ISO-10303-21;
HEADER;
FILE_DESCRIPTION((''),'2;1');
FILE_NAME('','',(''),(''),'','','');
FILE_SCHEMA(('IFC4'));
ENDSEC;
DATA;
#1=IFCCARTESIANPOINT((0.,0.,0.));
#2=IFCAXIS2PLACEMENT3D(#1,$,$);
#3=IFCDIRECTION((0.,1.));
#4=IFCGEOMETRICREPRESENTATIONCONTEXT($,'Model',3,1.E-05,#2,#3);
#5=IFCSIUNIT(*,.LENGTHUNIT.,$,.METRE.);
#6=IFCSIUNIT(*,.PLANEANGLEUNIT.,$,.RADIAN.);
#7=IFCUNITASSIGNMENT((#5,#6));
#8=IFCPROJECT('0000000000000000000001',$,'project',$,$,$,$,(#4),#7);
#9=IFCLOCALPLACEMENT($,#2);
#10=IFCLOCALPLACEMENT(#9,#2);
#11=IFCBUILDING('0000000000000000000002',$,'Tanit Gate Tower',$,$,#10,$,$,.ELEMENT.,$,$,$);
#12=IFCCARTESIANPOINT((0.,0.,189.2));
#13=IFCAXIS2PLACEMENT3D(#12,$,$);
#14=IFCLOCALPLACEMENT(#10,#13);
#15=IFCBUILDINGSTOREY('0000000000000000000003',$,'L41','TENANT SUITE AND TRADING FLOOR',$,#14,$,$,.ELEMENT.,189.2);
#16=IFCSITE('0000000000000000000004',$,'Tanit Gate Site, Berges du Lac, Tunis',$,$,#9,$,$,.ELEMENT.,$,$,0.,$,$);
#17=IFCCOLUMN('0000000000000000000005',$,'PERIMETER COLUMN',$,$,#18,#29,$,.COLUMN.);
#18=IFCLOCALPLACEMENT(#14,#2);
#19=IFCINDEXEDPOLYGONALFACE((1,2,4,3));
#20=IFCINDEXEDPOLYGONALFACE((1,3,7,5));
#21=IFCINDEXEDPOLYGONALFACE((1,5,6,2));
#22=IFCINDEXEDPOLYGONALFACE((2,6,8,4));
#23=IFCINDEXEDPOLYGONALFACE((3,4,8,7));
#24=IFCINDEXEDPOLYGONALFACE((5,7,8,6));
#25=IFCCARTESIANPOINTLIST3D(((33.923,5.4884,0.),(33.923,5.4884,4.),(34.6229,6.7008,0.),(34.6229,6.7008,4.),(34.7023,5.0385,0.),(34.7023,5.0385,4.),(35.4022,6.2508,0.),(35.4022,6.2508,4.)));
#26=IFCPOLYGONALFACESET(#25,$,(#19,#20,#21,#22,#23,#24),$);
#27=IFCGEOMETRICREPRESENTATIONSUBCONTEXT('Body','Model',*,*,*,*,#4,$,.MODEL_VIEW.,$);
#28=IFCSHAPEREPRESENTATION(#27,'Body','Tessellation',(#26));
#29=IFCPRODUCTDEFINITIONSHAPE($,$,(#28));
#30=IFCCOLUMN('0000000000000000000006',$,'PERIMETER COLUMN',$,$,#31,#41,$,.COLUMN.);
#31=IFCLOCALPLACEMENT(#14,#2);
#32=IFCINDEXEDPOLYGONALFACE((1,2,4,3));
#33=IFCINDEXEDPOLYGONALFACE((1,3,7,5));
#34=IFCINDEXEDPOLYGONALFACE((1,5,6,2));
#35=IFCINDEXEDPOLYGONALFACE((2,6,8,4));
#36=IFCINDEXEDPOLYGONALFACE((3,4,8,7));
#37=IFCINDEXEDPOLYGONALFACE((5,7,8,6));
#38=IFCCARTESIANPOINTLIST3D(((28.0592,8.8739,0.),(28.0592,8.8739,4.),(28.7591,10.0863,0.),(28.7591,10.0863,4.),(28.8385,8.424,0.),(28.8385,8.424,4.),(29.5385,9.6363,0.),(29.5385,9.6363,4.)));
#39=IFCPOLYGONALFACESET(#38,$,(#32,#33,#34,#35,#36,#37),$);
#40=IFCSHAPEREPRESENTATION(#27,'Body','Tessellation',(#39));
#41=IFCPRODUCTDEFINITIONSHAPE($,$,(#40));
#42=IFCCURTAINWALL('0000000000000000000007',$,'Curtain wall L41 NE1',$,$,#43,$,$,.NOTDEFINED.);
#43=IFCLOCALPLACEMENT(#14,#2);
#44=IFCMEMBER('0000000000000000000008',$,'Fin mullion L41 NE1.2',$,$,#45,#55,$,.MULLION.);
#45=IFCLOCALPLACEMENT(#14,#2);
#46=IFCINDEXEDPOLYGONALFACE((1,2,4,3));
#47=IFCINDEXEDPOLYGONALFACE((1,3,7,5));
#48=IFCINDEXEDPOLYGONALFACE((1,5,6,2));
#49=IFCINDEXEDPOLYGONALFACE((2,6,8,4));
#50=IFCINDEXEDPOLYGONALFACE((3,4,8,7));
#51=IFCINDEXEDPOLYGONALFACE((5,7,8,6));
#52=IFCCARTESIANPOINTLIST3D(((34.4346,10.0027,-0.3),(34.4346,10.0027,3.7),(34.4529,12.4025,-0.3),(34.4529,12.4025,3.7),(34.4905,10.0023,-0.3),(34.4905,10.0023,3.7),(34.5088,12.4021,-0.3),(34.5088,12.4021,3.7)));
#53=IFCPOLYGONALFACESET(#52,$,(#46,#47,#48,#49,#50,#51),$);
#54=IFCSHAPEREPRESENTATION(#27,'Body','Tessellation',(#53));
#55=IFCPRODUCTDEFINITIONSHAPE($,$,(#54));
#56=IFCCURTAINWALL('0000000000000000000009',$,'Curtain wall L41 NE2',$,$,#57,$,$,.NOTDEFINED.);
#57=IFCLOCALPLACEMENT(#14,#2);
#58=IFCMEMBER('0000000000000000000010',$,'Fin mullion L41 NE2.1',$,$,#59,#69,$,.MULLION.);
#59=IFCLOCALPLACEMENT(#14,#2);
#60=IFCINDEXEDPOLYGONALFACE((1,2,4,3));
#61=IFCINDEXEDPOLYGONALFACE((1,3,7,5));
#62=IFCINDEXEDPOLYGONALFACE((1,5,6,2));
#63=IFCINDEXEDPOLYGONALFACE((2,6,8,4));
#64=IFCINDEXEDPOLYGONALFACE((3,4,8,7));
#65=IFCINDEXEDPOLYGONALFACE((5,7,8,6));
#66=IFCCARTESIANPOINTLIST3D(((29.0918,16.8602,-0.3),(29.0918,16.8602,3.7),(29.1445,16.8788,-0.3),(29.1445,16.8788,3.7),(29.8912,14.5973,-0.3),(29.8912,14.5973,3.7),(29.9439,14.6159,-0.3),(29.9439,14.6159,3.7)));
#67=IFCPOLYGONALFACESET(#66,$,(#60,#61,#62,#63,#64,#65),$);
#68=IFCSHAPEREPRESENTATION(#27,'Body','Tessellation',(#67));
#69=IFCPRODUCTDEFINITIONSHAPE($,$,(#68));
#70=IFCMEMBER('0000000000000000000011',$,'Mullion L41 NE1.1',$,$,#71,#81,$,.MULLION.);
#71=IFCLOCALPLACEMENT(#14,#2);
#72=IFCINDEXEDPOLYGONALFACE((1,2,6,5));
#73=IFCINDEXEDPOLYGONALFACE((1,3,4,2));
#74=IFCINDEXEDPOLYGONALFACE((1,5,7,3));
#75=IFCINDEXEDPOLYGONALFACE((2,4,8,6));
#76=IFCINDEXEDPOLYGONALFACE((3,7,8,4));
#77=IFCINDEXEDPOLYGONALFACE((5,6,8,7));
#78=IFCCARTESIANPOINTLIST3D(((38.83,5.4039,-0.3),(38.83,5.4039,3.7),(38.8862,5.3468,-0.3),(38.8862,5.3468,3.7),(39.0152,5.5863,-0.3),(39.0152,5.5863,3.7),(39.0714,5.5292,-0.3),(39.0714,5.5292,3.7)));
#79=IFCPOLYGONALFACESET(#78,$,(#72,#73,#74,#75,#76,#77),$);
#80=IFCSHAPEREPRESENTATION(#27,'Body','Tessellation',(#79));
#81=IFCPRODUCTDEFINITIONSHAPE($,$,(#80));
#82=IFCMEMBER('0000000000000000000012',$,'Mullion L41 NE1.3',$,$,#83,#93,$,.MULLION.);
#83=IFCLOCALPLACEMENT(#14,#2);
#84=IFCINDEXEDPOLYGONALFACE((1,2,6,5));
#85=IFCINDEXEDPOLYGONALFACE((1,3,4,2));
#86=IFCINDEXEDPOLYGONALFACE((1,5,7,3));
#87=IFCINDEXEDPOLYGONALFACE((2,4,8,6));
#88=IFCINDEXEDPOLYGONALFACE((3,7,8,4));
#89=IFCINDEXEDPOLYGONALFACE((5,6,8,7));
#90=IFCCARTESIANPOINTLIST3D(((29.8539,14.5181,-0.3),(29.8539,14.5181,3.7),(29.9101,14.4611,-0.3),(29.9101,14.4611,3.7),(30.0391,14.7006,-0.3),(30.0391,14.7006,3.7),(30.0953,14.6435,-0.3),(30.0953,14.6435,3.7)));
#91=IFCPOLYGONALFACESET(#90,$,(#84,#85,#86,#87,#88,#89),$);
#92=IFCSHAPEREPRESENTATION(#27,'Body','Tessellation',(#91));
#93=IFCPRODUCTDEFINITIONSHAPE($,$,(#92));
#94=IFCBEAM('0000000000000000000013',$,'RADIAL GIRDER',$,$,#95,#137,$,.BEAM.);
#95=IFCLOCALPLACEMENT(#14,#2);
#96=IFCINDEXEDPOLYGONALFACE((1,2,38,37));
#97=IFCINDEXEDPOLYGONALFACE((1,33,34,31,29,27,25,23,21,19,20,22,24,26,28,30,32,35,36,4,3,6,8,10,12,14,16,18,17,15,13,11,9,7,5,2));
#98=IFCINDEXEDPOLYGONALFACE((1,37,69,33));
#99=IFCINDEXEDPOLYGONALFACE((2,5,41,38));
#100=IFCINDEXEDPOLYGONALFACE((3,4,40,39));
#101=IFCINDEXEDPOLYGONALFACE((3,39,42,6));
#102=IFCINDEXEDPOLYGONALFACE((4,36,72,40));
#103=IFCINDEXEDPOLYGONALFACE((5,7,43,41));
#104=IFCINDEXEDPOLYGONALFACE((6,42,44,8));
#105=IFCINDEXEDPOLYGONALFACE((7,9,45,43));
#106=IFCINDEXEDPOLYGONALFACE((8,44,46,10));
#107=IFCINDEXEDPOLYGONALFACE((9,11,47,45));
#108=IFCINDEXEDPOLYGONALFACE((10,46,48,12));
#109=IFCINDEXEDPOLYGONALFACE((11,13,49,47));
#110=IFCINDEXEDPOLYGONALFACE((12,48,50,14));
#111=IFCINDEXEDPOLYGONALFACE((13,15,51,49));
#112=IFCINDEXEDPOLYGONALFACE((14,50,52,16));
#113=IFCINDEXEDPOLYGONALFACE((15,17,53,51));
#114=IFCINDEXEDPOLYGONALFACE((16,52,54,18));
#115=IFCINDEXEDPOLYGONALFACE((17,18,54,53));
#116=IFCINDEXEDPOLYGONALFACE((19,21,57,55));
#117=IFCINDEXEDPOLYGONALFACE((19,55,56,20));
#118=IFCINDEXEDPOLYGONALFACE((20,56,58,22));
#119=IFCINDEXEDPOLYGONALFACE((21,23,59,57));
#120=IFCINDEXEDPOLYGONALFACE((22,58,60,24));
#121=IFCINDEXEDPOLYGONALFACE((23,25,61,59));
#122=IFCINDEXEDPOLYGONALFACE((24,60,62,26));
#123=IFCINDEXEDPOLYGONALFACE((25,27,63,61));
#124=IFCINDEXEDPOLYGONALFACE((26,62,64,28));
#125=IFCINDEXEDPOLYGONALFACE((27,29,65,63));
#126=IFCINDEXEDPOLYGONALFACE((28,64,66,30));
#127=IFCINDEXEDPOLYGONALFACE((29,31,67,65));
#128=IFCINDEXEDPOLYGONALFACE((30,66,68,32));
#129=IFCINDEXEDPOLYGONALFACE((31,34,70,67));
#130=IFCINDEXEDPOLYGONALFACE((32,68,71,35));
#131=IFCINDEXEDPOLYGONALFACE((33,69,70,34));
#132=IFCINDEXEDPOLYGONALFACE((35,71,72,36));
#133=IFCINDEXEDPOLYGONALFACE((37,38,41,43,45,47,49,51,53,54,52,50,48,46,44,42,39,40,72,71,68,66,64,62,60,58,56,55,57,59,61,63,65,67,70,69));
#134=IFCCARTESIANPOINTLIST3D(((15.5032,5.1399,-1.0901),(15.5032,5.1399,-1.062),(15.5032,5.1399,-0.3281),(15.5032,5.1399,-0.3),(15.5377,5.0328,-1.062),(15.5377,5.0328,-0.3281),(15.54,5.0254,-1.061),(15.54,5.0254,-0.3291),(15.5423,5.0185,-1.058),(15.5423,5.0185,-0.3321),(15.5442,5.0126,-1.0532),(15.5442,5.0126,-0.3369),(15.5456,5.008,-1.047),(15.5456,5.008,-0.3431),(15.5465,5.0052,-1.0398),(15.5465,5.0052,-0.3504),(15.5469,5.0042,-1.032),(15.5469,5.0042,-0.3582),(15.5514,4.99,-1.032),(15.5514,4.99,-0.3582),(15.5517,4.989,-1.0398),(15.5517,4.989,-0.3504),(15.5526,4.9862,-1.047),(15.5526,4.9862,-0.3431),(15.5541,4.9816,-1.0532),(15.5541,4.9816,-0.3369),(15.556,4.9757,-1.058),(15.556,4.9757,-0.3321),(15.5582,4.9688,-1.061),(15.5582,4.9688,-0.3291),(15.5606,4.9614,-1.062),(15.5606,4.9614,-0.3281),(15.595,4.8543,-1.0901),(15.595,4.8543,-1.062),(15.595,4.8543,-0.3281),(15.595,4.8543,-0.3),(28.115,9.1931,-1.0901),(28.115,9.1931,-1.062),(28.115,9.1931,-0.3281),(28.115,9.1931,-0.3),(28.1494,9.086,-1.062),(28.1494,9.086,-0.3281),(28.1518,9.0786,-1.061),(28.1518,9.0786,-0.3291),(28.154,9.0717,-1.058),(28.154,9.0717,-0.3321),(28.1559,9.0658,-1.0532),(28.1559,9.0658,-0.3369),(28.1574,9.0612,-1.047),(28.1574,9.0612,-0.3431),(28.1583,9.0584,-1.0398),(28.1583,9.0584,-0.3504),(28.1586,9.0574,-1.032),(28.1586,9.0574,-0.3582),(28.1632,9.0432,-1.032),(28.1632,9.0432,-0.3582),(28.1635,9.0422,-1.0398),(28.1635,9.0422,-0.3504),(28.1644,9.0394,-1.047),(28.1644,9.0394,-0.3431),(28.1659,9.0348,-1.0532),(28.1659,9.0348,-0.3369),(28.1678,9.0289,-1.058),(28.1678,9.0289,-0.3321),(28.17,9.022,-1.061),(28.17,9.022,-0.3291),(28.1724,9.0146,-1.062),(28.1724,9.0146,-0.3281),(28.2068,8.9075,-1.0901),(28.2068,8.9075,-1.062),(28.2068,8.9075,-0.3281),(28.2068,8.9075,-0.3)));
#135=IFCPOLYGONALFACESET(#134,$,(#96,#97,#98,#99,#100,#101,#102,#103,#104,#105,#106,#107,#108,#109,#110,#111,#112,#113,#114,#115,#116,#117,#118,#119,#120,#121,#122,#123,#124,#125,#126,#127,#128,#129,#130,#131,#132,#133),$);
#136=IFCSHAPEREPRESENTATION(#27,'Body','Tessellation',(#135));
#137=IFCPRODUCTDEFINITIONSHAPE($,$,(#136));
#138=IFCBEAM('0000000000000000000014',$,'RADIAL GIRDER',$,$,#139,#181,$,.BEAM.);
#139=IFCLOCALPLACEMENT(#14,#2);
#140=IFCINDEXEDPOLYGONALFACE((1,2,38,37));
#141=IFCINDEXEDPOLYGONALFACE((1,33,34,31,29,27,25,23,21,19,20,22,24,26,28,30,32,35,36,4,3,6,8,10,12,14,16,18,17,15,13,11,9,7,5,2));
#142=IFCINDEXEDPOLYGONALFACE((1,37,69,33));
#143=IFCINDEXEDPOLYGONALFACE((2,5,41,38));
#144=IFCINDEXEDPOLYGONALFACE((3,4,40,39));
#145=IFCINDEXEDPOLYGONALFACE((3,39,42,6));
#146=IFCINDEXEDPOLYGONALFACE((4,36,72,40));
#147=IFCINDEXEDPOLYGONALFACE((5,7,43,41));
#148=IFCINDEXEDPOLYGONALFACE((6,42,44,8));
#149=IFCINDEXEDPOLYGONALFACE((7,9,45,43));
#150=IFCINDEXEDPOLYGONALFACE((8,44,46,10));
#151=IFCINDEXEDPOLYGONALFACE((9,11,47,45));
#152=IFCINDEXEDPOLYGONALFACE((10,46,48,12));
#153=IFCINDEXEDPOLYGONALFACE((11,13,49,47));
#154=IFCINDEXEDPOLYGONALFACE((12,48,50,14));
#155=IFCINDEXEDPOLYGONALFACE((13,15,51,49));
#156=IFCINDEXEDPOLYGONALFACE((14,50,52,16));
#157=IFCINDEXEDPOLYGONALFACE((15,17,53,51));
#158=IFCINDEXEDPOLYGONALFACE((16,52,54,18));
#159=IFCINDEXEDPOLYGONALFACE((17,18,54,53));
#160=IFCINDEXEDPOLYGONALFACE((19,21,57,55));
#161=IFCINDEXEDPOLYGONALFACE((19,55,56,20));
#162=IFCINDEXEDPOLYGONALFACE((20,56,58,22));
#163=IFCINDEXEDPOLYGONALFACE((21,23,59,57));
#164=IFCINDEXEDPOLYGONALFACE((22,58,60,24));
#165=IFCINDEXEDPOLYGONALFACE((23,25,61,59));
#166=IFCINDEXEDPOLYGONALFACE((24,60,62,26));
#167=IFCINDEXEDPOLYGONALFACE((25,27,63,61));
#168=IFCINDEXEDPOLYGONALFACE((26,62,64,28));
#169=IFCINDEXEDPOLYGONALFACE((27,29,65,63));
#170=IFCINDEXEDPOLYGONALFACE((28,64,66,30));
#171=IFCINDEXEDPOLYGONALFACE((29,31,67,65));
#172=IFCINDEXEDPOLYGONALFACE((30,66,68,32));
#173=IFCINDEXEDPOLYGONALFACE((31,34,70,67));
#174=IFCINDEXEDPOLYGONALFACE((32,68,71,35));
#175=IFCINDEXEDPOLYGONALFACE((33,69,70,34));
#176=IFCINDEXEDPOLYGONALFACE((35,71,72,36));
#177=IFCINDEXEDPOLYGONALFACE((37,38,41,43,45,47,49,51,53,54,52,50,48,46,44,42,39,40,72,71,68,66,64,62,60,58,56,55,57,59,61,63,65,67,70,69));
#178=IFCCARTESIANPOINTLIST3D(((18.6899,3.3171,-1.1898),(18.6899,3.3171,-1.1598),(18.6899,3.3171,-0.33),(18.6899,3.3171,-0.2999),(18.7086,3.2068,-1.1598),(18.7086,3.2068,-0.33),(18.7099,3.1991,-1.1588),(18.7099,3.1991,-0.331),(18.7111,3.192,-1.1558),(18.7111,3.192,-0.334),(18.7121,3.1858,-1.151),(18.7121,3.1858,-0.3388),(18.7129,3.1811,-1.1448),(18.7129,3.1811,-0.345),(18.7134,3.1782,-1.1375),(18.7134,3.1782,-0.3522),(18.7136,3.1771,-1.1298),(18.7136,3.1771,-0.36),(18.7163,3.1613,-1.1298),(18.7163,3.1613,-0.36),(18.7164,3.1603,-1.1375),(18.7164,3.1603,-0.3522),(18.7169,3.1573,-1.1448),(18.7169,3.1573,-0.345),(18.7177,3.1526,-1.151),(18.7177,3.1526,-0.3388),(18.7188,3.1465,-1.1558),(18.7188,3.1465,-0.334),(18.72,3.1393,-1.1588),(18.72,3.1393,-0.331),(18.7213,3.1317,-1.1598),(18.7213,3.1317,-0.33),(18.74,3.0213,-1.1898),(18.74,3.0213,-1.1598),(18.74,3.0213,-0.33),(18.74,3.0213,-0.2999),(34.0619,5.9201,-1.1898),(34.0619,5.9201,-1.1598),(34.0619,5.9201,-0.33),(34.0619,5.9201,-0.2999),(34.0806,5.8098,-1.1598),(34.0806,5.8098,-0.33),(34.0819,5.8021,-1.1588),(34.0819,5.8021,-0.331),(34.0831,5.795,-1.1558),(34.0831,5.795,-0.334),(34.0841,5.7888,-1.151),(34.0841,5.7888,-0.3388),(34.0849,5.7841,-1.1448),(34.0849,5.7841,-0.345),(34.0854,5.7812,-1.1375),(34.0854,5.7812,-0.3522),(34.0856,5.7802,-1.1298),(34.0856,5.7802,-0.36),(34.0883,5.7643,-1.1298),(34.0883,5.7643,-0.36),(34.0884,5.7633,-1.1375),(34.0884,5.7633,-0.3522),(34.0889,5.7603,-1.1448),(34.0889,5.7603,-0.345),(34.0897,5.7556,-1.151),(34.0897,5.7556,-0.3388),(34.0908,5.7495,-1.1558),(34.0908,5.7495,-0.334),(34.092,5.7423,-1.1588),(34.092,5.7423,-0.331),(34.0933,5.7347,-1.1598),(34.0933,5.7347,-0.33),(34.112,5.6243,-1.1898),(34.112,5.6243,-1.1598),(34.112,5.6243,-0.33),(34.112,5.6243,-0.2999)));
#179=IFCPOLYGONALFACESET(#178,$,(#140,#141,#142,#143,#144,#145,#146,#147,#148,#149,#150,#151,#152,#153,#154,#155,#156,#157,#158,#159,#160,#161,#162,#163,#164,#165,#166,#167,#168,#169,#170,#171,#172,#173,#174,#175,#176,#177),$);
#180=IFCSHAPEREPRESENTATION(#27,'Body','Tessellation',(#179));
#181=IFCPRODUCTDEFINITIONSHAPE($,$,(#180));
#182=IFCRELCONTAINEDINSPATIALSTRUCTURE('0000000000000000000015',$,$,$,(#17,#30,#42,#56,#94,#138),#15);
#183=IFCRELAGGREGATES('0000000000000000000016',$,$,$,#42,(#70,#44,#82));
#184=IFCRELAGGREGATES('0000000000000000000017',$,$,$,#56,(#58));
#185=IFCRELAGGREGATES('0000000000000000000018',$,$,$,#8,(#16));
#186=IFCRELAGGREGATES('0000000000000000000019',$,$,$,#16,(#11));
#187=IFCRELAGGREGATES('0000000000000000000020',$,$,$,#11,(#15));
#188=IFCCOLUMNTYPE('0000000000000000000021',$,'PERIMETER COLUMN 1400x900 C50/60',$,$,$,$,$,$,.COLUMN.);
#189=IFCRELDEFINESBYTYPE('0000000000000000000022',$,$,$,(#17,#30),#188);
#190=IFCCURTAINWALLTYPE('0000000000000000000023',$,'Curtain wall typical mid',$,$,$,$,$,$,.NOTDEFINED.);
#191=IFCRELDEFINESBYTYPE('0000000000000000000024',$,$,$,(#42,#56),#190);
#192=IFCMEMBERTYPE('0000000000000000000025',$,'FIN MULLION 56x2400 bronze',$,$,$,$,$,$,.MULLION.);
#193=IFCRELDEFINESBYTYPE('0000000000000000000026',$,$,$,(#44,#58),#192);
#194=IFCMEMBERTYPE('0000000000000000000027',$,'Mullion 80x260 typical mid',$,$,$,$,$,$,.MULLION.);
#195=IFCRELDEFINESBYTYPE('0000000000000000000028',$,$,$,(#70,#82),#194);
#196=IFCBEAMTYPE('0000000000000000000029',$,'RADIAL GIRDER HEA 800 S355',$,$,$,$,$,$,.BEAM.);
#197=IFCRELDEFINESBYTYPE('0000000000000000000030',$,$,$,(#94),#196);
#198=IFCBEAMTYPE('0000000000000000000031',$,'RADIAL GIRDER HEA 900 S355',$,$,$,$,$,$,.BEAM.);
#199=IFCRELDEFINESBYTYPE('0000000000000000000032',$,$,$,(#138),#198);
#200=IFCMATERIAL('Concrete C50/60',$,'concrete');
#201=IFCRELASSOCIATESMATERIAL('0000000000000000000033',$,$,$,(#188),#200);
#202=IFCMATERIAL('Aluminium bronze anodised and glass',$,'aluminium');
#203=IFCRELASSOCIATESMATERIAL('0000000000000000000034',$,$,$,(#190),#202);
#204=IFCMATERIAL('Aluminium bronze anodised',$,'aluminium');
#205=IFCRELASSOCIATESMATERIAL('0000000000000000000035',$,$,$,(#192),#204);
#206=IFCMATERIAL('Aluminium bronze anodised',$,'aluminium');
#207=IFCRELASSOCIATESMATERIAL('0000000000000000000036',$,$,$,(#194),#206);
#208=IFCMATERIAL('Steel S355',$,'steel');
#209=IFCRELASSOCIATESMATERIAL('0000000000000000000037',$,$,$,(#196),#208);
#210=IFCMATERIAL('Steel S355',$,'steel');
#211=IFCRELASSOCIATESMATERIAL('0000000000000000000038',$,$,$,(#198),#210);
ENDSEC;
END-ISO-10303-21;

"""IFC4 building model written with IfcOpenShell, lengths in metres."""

from ifc_helpers import new_model, si_unit, direction, frame, origin, origin_2d, place, context, subcontext, project, spatial, rectangle, i_section, extrude, material, material_profile, profile_set, type_object, element, aggregate, save


model = new_model("IFC4")

# Units and contexts
model_context = context("Model", 3, precision=1e-05, world=origin(), true_north=direction((0.0, 1.0)))
body_context = subcontext(model_context, "Body", "Model", "MODEL_VIEW")
ifc_project = project(units=[si_unit("LENGTHUNIT", "METRE"), si_unit("PLANEANGLEUNIT", "RADIAN")], contexts=[model_context])

# Site, building, storey
site_placement = place(None, origin())
site = spatial("IfcSite", under=ifc_project, at=site_placement, Name="Tanit Gate Site, Berges du Lac, Tunis", CompositionType="ELEMENT", RefElevation=0.0)
building_placement = place(site_placement, origin())
building = spatial("IfcBuilding", under=site, at=building_placement, Name="Tanit Gate Tower", CompositionType="ELEMENT")
storey_placement = place(building_placement, frame((0.0, 0.0, 189.2)))
storey = spatial("IfcBuildingStorey", under=building, at=storey_placement, Name="L41", Description="TENANT SUITE AND TRADING FLOOR", CompositionType="ELEMENT", Elevation=189.2)

# Columns
ifc_material_1 = material(Name="Concrete C50/60", Category="concrete")
ifc_material_profile_1 = material_profile(ifc_material_1, rectangle(XDim=1.3999, YDim=0.8999, at=origin_2d()), Name="RC 1400x900")
ifc_profile_set_1 = profile_set([ifc_material_profile_1], Name="Concrete C50/60")
column_type = type_object("IfcColumnType", Name="PERIMETER COLUMN 1400x900 C50/60", PredefinedType="COLUMN", material=ifc_profile_set_1)
for number, where, z_axis, x_axis, name in (
    (1, (34.6626, 5.8696, 0.0), (0.0, 0.0, 1.0), (0.5, 0.866025, 0.0), "PERIMETER COLUMN"),
    (2, (28.7988, 9.2551, 0.0), (0.0, 0.0, 1.0), (0.5, 0.866025, 0.0), "PERIMETER COLUMN"),
):
    element("IfcColumn", number, at=place(storey_placement, frame(where, z_axis=z_axis, x_axis=x_axis)), inside=storey, type_object=column_type, Name=name, PredefinedType="COLUMN", context=body_context, shape_type="SweptSolid", body=[
        extrude(rectangle(XDim=1.3999, YDim=0.8999, at=origin_2d()), origin(), (0.0, 0.0, 1.0), 4.0),
    ])

# Curtain walls, members
ifc_material_2 = material(Name="Aluminium bronze anodised and glass", Category="aluminium")
curtain_wall_type = type_object("IfcCurtainWallType", Name="Curtain wall typical mid", PredefinedType="NOTDEFINED", material=ifc_material_2)
curtain_wall_1_placement = place(storey_placement, origin())
curtain_wall_1 = element("IfcCurtainWall", 3, at=curtain_wall_1_placement, inside=storey, type_object=curtain_wall_type, Name="Curtain wall L41 NE1", PredefinedType="NOTDEFINED")
ifc_material_3 = material(Name="Aluminium bronze anodised", Category="aluminium")
ifc_material_profile_2 = material_profile(ifc_material_3, rectangle(XDim=2.3999, YDim=0.0559, at=origin_2d()), Name="56x2400 bronze fin mullion")
ifc_profile_set_2 = profile_set([ifc_material_profile_2], Name="Aluminium bronze anodised")
member_type_1 = type_object("IfcMemberType", Name="FIN MULLION 56x2400 bronze", PredefinedType="MULLION", material=ifc_profile_set_2)
member_1_placement = place(storey_placement, frame((34.4717, 11.2024, -0.3), z_axis=(0.0, 0.0, 1.0), x_axis=(-0.00764, -0.999971, 0.0)))
member_1 = element("IfcMember", 4, at=member_1_placement, type_object=member_type_1, Name="Fin mullion L41 NE1.2", PredefinedType="MULLION", context=body_context, shape_type="SweptSolid", body=[
    extrude(rectangle(XDim=2.3999, YDim=0.0559, at=origin_2d()), origin(), (0.0, 0.0, 1.0), 4.0),
])
curtain_wall_2_placement = place(storey_placement, origin())
curtain_wall_2 = element("IfcCurtainWall", 5, at=curtain_wall_2_placement, inside=storey, type_object=curtain_wall_type, Name="Curtain wall L41 NE2", PredefinedType="NOTDEFINED")
member_2_placement = place(storey_placement, frame((29.5178, 15.738, -0.3), z_axis=(0.0, 0.0, 1.0), x_axis=(0.33309, -0.942895, 0.0)))
member_2 = element("IfcMember", 6, at=member_2_placement, type_object=member_type_1, Name="Fin mullion L41 NE2.1", PredefinedType="MULLION", context=body_context, shape_type="SweptSolid", body=[
    extrude(rectangle(XDim=2.3999, YDim=0.0559, at=origin_2d()), origin(), (0.0, 0.0, 1.0), 4.0),
])

# Members
ifc_material_4 = material(Name="Aluminium bronze anodised", Category="aluminium")
ifc_material_profile_3 = material_profile(ifc_material_4, rectangle(XDim=0.26, YDim=0.0801, at=origin_2d()), Name="80x260 bronze mullion")
ifc_profile_set_3 = profile_set([ifc_material_profile_3], Name="Aluminium bronze anodised")
member_type_2 = type_object("IfcMemberType", Name="Mullion 80x260 typical mid", PredefinedType="MULLION", material=ifc_profile_set_3)
member_3_placement = place(storey_placement, frame((38.9507, 5.4666, -0.3), z_axis=(0.0, 0.0, 1.0), x_axis=(-0.712489, -0.701684, 0.0)))
member_3 = element("IfcMember", 7, at=member_3_placement, type_object=member_type_2, Name="Mullion L41 NE1.1", PredefinedType="MULLION", context=body_context, shape_type="SweptSolid", body=[
    extrude(rectangle(XDim=0.26, YDim=0.0801, at=origin_2d()), origin(), (0.0, 0.0, 1.0), 4.0),
])
member_4_placement = place(storey_placement, frame((29.9746, 14.5808, -0.3), z_axis=(0.0, 0.0, 1.0), x_axis=(-0.712489, -0.701684, 0.0)))
member_4 = element("IfcMember", 8, at=member_4_placement, type_object=member_type_2, Name="Mullion L41 NE1.3", PredefinedType="MULLION", context=body_context, shape_type="SweptSolid", body=[
    extrude(rectangle(XDim=0.26, YDim=0.0801, at=origin_2d()), origin(), (0.0, 0.0, 1.0), 4.0),
])

# Beams
ifc_material_5 = material(Name="Steel S355", Category="steel")
ifc_material_profile_4 = material_profile(ifc_material_5, i_section(OverallWidth=0.3, OverallDepth=0.79, WebThickness=0.0149, FlangeThickness=0.0281, FilletRadius=0.03, at=origin_2d()), Name="HEA 800")
ifc_profile_set_4 = profile_set([ifc_material_profile_4], Name="Steel S355")
beam_type_1 = type_object("IfcBeamType", Name="RADIAL GIRDER HEA 800 S355", PredefinedType="BEAM", material=ifc_profile_set_4)
beam_1_placement = place(storey_placement, frame((28.1609, 9.0503, -0.6951), z_axis=(-0.952041, -0.30597, 0.0), x_axis=(0.30597, -0.952041, 0.0)))
element("IfcBeam", 9, at=beam_1_placement, inside=storey, type_object=beam_type_1, Name="RADIAL GIRDER", PredefinedType="BEAM", context=body_context, shape_type="SweptSolid", body=[
    extrude(i_section(OverallWidth=0.3, OverallDepth=0.79, WebThickness=0.0149, FlangeThickness=0.0281, FilletRadius=0.03, at=origin_2d()), origin(), (0.0, 0.0, 1.0), 13.2471),
])
ifc_material_6 = material(Name="Steel S355", Category="steel")
ifc_material_profile_5 = material_profile(ifc_material_6, i_section(OverallWidth=0.3, OverallDepth=0.8899, WebThickness=0.0161, FlangeThickness=0.03, FilletRadius=0.03, at=origin_2d()), Name="HEA 900")
ifc_profile_set_5 = profile_set([ifc_material_profile_5], Name="Steel S355")
beam_type_2 = type_object("IfcBeamType", Name="RADIAL GIRDER HEA 900 S355", PredefinedType="BEAM", material=ifc_profile_set_5)
beam_2_placement = place(storey_placement, frame((34.0869, 5.7722, -0.7449), z_axis=(-0.985964, -0.166958, 0.0), x_axis=(0.166958, -0.985964, 0.0)))
element("IfcBeam", 10, at=beam_2_placement, inside=storey, type_object=beam_type_2, Name="RADIAL GIRDER", PredefinedType="BEAM", context=body_context, shape_type="SweptSolid", body=[
    extrude(i_section(OverallWidth=0.3, OverallDepth=0.8899, WebThickness=0.0161, FlangeThickness=0.03, FilletRadius=0.03, at=origin_2d()), origin(), (0.0, 0.0, 1.0), 15.5908),
])

aggregate(curtain_wall_1, [member_3, member_1, member_4])
aggregate(curtain_wall_2, [member_2])

save(model, "model.ifc")
